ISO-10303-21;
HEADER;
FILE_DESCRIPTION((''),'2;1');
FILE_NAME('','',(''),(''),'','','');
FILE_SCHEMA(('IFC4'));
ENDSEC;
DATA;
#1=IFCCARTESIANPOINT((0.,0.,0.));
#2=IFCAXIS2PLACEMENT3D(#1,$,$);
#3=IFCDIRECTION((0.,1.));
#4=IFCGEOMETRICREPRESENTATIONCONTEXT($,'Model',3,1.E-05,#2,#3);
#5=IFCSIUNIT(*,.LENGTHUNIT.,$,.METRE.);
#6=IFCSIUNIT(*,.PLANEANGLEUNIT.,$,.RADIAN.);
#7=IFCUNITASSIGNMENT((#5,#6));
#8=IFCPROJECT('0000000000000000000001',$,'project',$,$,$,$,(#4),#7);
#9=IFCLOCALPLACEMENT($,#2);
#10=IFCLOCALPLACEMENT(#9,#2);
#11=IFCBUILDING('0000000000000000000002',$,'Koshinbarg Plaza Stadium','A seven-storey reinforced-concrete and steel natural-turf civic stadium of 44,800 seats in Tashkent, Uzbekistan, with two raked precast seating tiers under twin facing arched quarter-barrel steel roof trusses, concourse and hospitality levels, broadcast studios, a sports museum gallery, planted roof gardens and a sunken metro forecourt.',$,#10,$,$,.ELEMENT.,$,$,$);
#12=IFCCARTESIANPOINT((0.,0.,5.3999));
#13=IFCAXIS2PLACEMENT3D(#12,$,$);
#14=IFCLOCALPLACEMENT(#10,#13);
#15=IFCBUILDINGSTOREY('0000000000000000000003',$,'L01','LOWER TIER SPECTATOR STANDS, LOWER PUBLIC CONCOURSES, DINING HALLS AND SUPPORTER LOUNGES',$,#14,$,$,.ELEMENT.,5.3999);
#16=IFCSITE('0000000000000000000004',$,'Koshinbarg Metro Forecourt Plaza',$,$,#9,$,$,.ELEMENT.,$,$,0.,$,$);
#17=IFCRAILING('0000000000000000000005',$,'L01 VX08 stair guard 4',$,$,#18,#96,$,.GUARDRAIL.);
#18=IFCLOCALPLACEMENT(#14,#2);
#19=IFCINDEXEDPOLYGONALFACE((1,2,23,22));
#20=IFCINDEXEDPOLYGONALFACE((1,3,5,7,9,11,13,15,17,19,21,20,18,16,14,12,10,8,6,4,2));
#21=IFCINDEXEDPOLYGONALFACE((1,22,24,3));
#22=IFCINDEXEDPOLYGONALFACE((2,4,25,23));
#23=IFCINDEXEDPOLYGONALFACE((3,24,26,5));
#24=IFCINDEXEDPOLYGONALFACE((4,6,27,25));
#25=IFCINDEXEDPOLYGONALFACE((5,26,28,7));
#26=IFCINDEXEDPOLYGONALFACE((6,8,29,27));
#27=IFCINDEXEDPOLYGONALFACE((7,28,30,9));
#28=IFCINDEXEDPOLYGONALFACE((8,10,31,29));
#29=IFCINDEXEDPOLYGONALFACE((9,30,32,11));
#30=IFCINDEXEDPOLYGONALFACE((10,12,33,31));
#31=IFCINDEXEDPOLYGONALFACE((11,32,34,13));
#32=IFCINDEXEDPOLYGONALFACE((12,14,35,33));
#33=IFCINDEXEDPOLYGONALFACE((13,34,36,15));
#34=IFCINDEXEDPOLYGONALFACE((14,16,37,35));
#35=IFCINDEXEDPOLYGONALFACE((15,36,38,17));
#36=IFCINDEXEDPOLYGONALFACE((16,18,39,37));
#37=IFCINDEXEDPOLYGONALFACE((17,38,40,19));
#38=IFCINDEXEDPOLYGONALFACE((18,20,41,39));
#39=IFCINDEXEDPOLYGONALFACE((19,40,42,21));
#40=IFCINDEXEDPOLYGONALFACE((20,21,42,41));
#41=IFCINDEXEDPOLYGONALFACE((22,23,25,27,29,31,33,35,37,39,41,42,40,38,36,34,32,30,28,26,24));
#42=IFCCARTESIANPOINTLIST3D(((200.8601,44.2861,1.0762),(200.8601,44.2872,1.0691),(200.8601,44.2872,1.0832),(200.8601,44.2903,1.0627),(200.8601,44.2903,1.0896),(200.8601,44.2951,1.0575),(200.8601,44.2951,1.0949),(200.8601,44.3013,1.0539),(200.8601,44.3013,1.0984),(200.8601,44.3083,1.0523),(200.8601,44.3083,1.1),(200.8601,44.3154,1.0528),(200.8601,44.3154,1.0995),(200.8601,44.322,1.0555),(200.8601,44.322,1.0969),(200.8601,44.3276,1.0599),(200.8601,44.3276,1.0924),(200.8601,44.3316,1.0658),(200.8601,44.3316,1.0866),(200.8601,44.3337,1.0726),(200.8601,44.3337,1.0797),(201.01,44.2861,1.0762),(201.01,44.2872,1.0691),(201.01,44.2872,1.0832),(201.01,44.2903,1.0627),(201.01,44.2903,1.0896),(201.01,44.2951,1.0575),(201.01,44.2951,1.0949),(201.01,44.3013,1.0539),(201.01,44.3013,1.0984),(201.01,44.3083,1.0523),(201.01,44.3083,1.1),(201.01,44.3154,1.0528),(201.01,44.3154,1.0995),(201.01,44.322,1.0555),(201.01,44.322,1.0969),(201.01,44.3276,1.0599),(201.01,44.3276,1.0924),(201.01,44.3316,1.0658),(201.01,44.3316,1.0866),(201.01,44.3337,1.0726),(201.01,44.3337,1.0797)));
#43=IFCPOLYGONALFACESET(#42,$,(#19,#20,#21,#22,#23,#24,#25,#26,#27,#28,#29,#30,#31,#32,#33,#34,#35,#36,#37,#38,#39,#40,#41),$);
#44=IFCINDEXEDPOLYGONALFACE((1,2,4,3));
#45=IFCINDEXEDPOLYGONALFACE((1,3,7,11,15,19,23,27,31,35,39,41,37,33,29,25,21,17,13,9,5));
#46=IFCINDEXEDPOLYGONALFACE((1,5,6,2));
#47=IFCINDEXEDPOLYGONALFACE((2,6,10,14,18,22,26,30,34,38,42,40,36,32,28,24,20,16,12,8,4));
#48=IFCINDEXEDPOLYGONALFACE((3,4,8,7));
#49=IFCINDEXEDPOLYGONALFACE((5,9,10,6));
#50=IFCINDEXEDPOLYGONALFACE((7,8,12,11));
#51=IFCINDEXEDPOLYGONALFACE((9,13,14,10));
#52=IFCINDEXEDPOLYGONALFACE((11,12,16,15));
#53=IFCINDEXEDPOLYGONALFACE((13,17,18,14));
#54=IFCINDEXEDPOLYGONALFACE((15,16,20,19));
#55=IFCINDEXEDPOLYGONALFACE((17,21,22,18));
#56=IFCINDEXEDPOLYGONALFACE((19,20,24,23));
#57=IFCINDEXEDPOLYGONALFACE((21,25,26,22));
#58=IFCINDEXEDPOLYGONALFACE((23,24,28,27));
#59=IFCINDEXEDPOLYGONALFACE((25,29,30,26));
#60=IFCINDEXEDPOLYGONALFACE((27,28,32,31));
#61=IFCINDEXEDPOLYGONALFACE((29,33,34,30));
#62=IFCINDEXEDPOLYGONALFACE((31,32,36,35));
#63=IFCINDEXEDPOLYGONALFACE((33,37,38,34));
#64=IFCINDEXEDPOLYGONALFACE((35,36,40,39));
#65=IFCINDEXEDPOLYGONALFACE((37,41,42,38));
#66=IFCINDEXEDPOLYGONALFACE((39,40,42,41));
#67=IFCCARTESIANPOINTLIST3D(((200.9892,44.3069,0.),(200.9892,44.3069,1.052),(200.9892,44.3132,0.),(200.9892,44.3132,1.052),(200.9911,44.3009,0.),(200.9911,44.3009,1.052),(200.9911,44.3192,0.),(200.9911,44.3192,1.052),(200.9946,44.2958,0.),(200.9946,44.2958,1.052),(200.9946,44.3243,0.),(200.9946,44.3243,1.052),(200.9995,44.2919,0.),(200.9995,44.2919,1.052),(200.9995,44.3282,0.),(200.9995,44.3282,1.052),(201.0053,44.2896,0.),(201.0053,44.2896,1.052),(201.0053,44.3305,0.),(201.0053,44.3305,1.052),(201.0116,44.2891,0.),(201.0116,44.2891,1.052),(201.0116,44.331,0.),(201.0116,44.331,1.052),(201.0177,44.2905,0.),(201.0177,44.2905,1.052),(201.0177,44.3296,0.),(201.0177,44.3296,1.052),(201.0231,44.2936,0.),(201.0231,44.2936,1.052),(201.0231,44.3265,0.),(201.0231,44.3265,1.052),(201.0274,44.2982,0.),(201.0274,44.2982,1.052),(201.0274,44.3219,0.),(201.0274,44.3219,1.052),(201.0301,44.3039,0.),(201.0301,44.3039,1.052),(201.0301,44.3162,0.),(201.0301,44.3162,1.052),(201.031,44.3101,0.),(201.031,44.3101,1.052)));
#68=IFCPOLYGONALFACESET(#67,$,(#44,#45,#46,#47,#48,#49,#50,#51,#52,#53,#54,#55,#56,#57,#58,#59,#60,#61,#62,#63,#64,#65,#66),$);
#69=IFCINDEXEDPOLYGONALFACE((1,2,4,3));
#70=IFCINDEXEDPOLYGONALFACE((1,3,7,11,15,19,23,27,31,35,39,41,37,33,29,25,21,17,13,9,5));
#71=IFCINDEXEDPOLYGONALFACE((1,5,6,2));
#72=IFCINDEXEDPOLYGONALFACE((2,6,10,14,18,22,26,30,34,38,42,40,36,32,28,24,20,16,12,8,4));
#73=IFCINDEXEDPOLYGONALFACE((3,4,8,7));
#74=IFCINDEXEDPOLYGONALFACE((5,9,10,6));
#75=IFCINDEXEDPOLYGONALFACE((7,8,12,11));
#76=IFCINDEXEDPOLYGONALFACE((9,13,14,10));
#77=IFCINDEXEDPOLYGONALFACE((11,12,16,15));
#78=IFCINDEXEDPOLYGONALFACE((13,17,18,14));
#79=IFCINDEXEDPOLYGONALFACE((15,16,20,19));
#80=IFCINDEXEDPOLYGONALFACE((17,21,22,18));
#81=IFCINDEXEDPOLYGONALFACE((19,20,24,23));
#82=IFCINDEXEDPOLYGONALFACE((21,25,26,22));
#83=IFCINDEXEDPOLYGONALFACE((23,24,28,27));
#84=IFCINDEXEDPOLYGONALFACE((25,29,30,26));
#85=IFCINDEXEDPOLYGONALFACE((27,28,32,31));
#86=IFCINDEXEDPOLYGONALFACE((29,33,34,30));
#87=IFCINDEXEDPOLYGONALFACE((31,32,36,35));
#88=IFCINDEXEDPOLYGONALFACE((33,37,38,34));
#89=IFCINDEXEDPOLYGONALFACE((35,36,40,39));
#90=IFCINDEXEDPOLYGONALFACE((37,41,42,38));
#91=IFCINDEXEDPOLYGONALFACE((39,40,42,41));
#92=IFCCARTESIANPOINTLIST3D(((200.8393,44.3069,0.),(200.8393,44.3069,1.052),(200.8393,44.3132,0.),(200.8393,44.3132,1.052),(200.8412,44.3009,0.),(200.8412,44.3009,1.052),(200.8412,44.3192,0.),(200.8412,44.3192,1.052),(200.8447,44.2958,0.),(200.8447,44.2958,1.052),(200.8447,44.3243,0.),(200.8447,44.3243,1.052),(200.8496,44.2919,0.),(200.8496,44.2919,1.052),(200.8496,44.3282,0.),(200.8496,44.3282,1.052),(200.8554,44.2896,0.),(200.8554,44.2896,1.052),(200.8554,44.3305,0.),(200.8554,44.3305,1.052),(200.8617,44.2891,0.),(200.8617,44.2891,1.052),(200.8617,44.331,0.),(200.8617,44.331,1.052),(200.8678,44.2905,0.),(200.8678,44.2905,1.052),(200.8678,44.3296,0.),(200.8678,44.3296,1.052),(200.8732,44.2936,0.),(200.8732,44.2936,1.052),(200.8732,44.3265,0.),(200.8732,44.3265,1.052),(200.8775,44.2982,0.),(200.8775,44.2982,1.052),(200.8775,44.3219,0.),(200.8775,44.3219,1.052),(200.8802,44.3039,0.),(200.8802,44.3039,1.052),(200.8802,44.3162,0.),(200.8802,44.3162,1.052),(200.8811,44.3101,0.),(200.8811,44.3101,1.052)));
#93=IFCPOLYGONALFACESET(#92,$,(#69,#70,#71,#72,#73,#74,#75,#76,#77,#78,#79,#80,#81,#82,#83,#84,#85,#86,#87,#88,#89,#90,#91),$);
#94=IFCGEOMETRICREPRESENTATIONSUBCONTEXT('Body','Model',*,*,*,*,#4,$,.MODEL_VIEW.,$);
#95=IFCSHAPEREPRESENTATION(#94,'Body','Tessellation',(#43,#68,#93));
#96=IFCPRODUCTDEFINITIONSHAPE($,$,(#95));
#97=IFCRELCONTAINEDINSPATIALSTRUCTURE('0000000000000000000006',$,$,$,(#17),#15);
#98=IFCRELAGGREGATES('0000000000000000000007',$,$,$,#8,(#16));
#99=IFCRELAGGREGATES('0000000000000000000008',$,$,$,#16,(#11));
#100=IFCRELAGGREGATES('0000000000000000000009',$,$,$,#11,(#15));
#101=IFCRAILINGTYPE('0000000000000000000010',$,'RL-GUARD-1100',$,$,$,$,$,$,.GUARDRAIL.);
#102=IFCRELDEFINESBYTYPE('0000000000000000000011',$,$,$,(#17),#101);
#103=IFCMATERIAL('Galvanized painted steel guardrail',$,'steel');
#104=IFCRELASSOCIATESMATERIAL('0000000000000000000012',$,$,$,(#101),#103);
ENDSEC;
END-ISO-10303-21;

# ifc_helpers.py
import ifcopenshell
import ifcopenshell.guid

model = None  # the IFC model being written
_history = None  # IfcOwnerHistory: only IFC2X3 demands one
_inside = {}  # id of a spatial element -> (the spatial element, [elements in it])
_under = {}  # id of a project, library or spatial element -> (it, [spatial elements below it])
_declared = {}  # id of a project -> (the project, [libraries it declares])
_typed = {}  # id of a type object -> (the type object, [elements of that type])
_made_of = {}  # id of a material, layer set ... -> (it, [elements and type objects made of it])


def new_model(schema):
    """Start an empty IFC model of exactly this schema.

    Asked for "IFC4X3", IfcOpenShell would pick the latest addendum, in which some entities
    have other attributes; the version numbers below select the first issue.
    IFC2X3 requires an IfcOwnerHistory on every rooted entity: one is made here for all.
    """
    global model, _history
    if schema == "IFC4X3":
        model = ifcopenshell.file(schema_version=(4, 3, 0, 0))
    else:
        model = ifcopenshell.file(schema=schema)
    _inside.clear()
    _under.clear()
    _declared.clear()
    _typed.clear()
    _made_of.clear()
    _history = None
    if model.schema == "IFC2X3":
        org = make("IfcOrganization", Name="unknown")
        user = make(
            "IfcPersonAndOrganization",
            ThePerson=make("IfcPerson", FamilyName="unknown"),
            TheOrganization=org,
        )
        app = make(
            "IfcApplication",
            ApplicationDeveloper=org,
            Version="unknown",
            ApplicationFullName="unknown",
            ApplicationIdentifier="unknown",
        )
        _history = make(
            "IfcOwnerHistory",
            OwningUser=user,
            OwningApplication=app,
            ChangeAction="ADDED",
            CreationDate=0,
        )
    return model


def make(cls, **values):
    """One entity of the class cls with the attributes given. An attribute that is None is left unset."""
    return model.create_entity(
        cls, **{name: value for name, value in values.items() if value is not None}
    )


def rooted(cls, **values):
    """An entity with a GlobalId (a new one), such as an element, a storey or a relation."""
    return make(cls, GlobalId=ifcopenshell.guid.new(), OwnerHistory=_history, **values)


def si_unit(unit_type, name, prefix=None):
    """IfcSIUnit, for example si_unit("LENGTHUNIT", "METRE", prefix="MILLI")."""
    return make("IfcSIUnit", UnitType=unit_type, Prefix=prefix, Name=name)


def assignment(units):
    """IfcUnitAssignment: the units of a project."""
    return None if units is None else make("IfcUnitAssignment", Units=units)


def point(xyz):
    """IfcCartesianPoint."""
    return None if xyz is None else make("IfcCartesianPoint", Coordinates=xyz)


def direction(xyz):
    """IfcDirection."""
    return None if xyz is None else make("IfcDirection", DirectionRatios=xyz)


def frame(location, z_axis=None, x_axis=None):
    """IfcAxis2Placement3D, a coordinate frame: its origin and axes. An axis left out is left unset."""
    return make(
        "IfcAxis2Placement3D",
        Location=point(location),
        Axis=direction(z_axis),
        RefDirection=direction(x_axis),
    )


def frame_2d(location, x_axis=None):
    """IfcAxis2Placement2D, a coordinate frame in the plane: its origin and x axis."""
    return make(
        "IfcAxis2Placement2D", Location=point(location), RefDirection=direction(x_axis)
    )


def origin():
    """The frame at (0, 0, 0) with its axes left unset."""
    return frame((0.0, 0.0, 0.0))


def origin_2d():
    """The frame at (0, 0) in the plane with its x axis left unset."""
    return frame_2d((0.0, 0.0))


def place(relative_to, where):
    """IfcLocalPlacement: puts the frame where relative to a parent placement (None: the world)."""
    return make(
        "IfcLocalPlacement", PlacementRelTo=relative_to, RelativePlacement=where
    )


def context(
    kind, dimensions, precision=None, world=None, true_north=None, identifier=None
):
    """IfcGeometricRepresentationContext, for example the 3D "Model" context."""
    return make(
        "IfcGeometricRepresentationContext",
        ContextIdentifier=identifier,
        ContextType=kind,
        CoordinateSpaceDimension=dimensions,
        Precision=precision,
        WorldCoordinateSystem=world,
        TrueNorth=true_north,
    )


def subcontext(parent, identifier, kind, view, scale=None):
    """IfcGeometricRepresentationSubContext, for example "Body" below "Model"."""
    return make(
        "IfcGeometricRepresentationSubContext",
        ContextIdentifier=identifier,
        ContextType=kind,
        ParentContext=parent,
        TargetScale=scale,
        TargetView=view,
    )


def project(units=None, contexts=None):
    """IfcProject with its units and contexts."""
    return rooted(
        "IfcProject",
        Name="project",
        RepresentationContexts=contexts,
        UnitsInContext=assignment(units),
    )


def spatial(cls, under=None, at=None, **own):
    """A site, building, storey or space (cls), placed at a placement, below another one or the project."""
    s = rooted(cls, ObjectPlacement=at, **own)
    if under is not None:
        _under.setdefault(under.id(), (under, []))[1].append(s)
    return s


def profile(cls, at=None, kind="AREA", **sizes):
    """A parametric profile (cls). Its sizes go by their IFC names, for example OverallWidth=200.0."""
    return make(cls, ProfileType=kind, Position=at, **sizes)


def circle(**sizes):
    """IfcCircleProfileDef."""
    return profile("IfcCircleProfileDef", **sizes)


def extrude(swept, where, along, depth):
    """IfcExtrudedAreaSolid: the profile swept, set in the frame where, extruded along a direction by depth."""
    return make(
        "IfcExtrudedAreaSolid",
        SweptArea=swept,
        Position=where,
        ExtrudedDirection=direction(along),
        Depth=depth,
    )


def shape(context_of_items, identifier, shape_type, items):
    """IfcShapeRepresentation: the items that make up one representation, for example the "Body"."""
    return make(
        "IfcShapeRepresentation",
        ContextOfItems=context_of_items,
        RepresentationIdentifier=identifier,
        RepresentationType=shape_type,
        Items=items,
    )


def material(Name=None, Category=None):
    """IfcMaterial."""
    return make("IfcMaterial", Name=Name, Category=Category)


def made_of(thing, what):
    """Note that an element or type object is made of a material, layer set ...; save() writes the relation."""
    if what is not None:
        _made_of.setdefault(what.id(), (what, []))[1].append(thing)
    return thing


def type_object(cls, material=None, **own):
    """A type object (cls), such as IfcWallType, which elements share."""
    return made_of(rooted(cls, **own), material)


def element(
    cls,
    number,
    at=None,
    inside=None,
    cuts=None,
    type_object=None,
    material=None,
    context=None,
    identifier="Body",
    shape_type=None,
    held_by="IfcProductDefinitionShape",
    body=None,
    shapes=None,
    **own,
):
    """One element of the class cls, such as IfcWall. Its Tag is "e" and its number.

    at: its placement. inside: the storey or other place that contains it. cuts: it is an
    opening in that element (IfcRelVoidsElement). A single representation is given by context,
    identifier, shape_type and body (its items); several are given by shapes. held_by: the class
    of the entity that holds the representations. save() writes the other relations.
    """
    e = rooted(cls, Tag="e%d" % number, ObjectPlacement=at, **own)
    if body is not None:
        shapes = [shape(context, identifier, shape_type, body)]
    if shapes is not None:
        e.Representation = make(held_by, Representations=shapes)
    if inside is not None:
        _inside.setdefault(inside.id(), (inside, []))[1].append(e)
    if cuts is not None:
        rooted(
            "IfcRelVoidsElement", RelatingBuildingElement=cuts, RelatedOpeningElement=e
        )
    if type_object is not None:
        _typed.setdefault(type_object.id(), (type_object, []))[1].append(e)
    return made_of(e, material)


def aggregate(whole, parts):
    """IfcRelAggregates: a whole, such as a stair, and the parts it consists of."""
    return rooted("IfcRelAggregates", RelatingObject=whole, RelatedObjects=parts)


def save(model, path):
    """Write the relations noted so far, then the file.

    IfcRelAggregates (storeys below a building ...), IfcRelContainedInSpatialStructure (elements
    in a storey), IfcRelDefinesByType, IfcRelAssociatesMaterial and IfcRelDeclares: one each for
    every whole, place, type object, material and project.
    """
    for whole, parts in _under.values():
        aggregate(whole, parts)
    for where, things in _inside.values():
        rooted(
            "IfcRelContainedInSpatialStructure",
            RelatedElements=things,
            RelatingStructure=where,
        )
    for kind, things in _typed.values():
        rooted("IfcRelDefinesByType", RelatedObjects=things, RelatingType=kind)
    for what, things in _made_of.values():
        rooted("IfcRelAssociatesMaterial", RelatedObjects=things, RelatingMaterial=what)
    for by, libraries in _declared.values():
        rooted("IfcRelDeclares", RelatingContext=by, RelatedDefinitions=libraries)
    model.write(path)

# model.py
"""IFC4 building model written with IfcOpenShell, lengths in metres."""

from ifc_helpers import new_model, si_unit, direction, frame, origin, origin_2d, place, context, subcontext, project, spatial, circle, extrude, material, type_object, element, save


model = new_model("IFC4")

# Units and contexts
model_context = context("Model", 3, precision=1e-05, world=origin(), true_north=direction((0.0, 1.0)))
body_context = subcontext(model_context, "Body", "Model", "MODEL_VIEW")
ifc_project = project(units=[si_unit("LENGTHUNIT", "METRE"), si_unit("PLANEANGLEUNIT", "RADIAN")], contexts=[model_context])

# Site, building, storey
site_placement = place(None, origin())
site = spatial("IfcSite", under=ifc_project, at=site_placement, Name="Koshinbarg Metro Forecourt Plaza", CompositionType="ELEMENT", RefElevation=0.0)
building_placement = place(site_placement, origin())
building = spatial("IfcBuilding", under=site, at=building_placement, Name="Koshinbarg Plaza Stadium", Description="A seven-storey reinforced-concrete and steel natural-turf civic stadium of 44,800 seats in Tashkent, Uzbekistan, with two raked precast seating tiers under twin facing arched quarter-barrel steel roof trusses, concourse and hospitality levels, broadcast studios, a sports museum gallery, planted roof gardens and a sunken metro forecourt.", CompositionType="ELEMENT")
storey_placement = place(building_placement, frame((0.0, 0.0, 5.3999)))
storey = spatial("IfcBuildingStorey", under=building, at=storey_placement, Name="L01", Description="LOWER TIER SPECTATOR STANDS, LOWER PUBLIC CONCOURSES, DINING HALLS AND SUPPORTER LOUNGES", CompositionType="ELEMENT", Elevation=5.3999)

# Railing
ifc_material_1 = material(Name="Galvanized painted steel guardrail", Category="steel")
railing_type_1 = type_object("IfcRailingType", Name="RL-GUARD-1100", PredefinedType="GUARDRAIL", material=ifc_material_1)
railing_1_placement = place(storey_placement, frame((201.01, 44.3101, 0.0)))
element("IfcRailing", 1, at=railing_1_placement, inside=storey, type_object=railing_type_1, Name="L01 VX08 stair guard 4", PredefinedType="GUARDRAIL", context=body_context, shape_type="SweptSolid", body=[
    extrude(circle(Radius=0.0239, at=origin_2d()), frame((0.0, 0.0, 1.0762), z_axis=(-1.0, 0.0, 0.0), x_axis=(0.0, -1.0, 0.0)), (0.0, 0.0, 1.0), 0.1499),
    extrude(circle(Radius=0.021, at=origin_2d()), origin(), (0.0, 0.0, 1.0), 1.052),
    extrude(circle(Radius=0.021, at=origin_2d()), frame((-0.1499, 0.0, 0.0)), (0.0, 0.0, 1.0), 1.052),
])

save(model, "model.ifc")
